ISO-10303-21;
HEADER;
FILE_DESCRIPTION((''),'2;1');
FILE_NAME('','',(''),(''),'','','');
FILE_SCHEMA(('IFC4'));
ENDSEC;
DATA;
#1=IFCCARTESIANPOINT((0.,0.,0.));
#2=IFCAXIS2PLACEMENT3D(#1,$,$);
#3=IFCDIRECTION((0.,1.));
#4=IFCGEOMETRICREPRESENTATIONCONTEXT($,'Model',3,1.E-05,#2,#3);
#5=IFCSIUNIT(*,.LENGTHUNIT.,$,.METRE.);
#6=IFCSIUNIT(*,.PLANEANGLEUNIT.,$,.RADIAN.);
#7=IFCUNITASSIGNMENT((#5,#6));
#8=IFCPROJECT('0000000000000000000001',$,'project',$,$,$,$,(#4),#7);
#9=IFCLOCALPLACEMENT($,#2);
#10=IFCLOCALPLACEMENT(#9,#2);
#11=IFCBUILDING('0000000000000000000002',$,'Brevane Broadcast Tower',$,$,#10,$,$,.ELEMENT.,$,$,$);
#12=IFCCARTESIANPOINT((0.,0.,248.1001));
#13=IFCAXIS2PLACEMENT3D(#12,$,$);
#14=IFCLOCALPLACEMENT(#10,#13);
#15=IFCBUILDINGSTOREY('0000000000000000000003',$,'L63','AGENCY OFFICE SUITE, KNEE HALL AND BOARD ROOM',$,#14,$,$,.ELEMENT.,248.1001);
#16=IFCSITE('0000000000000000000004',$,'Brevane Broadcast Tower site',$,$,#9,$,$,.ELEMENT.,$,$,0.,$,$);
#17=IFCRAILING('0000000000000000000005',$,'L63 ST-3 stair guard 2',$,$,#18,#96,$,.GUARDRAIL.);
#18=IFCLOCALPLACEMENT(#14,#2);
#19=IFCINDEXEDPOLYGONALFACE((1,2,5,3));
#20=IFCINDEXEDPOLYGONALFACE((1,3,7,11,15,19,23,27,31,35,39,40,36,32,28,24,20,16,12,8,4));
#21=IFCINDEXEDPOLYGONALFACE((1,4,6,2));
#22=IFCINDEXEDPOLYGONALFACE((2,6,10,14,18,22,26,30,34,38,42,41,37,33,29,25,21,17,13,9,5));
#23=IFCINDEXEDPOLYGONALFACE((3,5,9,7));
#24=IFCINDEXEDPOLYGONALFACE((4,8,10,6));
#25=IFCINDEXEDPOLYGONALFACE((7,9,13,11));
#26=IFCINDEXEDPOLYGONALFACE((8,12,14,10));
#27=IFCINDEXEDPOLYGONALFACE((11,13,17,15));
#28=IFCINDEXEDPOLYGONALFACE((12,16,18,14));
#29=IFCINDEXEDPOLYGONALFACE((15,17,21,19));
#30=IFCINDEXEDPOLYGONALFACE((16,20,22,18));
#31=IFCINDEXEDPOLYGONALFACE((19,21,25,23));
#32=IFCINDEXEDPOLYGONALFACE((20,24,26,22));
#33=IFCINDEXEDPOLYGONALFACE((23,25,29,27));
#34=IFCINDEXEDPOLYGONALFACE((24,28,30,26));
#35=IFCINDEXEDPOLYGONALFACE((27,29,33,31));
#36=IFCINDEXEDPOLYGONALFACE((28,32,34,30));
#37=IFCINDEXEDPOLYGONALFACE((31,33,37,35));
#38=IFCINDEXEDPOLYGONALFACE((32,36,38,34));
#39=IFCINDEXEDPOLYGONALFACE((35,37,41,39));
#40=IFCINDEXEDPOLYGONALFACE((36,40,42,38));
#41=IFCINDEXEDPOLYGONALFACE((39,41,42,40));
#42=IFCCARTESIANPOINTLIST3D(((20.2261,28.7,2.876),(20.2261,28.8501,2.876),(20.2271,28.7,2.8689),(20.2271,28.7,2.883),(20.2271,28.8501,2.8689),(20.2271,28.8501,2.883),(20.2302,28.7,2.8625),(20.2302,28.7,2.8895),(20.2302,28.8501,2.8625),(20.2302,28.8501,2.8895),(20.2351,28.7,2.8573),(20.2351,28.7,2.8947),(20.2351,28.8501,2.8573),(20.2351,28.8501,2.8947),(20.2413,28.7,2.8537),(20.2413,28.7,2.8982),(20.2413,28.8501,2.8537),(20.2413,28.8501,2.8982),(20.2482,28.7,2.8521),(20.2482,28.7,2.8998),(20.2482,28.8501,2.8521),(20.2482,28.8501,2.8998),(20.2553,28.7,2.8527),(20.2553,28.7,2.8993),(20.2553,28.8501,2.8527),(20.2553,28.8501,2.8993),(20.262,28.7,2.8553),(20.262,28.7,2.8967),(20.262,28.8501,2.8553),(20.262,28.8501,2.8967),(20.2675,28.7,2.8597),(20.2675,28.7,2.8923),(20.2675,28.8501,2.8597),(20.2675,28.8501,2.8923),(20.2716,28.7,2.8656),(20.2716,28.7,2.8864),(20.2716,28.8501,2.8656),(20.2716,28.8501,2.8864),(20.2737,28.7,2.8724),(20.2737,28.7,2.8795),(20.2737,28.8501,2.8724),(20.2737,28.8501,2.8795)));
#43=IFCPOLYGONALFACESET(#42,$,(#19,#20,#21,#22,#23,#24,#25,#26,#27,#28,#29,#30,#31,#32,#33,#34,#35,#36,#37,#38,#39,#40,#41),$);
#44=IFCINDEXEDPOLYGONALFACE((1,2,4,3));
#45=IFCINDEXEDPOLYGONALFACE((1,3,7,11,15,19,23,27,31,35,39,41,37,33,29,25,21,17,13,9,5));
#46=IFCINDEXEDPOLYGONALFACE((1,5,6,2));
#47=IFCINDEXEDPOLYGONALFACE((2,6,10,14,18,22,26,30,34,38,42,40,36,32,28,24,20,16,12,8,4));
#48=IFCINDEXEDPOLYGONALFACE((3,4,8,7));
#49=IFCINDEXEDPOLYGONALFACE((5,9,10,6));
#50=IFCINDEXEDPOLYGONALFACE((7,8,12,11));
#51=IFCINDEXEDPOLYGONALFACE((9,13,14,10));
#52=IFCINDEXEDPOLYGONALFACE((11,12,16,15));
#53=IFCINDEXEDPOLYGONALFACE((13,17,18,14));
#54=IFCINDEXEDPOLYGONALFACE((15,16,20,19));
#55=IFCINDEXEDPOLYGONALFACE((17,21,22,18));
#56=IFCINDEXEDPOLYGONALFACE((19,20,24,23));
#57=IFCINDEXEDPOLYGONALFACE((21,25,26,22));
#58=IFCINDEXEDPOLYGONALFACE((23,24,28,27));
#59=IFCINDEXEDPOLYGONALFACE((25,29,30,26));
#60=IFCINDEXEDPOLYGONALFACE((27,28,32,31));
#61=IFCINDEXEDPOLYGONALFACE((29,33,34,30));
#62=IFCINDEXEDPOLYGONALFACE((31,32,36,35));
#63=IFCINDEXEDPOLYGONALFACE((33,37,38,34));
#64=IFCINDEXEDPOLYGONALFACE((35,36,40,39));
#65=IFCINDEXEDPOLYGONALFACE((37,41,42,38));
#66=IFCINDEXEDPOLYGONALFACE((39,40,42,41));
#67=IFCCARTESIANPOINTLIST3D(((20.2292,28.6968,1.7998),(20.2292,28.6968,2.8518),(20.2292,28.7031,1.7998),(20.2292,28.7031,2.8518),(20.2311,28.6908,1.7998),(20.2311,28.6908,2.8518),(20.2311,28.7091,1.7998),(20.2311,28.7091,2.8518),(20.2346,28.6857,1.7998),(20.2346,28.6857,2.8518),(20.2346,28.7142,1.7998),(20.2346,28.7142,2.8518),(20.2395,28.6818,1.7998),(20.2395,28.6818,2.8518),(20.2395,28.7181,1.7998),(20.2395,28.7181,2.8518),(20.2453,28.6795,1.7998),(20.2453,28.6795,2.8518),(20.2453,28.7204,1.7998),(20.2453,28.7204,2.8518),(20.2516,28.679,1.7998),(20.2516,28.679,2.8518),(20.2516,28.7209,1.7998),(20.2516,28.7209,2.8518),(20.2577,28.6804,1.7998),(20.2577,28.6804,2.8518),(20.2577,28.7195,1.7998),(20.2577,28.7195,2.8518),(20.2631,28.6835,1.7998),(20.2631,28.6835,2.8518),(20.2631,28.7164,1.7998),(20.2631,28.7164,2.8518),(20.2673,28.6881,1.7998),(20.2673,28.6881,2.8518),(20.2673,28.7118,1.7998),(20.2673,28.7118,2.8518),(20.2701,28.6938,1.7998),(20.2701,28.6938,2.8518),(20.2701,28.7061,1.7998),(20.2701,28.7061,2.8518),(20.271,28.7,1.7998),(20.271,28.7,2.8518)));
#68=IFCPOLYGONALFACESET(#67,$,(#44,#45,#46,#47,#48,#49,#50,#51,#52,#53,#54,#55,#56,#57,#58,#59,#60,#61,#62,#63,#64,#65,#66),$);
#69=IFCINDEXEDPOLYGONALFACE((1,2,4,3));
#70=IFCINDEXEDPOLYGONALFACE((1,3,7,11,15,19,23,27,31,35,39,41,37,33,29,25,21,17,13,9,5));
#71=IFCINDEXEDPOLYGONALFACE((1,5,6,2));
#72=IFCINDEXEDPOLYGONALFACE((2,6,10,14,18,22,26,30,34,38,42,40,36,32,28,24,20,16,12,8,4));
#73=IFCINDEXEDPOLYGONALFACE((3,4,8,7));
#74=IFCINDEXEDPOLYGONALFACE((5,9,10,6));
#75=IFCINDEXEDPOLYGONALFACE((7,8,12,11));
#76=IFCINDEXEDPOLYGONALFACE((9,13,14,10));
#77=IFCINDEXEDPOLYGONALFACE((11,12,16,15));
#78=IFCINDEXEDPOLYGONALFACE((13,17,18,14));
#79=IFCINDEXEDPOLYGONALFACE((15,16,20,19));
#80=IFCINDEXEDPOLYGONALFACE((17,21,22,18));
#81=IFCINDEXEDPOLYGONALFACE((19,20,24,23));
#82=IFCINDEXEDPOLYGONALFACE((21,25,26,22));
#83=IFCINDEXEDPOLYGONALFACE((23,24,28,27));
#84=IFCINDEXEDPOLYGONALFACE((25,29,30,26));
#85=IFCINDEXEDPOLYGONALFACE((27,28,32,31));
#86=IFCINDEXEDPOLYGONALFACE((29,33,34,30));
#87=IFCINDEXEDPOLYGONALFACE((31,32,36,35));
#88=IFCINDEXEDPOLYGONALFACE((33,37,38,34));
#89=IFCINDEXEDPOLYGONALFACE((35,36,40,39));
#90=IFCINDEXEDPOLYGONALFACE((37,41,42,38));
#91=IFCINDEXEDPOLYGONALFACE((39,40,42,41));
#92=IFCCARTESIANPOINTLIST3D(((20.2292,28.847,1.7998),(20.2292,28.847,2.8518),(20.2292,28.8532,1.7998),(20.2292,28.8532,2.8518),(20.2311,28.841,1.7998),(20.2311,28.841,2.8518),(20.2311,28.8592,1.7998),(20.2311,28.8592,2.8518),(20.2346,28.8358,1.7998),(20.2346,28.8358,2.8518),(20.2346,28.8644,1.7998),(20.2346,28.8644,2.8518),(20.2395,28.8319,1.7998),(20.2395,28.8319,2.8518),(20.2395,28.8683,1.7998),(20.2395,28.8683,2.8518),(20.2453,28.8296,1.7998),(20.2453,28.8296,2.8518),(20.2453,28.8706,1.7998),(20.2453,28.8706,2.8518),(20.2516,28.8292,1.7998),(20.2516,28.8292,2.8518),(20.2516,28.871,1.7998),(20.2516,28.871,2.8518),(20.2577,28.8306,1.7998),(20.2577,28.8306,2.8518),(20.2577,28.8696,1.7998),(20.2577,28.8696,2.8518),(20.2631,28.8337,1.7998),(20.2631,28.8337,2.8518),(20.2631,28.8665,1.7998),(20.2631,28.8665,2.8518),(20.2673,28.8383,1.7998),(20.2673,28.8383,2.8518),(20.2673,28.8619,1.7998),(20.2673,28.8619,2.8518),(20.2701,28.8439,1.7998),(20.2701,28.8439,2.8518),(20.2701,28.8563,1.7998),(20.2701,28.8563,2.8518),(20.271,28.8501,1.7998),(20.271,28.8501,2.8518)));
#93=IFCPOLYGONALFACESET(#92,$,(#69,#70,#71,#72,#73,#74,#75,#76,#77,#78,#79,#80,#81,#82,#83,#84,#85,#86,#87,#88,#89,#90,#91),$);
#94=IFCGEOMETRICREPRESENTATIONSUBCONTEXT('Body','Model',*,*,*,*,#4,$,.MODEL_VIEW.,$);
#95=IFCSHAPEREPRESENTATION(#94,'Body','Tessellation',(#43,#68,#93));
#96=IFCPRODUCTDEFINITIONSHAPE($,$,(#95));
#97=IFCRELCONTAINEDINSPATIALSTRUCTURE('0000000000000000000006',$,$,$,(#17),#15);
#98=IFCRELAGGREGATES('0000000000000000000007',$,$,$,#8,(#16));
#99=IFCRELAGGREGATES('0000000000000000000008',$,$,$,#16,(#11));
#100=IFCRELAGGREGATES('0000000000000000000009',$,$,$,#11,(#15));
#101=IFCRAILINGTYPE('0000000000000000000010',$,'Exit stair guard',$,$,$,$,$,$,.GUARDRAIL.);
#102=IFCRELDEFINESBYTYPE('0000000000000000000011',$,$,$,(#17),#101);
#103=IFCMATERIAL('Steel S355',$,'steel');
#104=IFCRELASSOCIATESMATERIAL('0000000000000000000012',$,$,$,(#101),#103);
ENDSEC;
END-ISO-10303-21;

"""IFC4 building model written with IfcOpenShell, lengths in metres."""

from ifc_helpers import new_model, si_unit, direction, frame, origin, origin_2d, place, context, subcontext, project, spatial, circle, extrude, material, type_object, element, save


model = new_model("IFC4")

# Units and contexts
model_context = context("Model", 3, precision=1e-05, world=origin(), true_north=direction((0.0, 1.0)))
body_context = subcontext(model_context, "Body", "Model", "MODEL_VIEW")
ifc_project = project(units=[si_unit("LENGTHUNIT", "METRE"), si_unit("PLANEANGLEUNIT", "RADIAN")], contexts=[model_context])

# Site, building, storey
site_placement = place(None, origin())
site = spatial("IfcSite", under=ifc_project, at=site_placement, Name="Brevane Broadcast Tower site", CompositionType="ELEMENT", RefElevation=0.0)
building_placement = place(site_placement, origin())
building = spatial("IfcBuilding", under=site, at=building_placement, Name="Brevane Broadcast Tower", CompositionType="ELEMENT")
storey_placement = place(building_placement, frame((0.0, 0.0, 248.1001)))
storey = spatial("IfcBuildingStorey", under=building, at=storey_placement, Name="L63", Description="AGENCY OFFICE SUITE, KNEE HALL AND BOARD ROOM", CompositionType="ELEMENT", Elevation=248.1001)

# Railing
ifc_material_1 = material(Name="Steel S355", Category="steel")
railing_type_1 = type_object("IfcRailingType", Name="Exit stair guard", PredefinedType="GUARDRAIL", material=ifc_material_1)
railing_1_placement = place(storey_placement, frame((20.25, 28.7, 1.7998)))
element("IfcRailing", 1, at=railing_1_placement, inside=storey, type_object=railing_type_1, Name="L63 ST-3 stair guard 2", PredefinedType="GUARDRAIL", context=body_context, shape_type="SweptSolid", body=[
    extrude(circle(Radius=0.0239, at=origin_2d()), frame((0.0, 0.0, 1.0762), z_axis=(0.0, 1.0, 0.0), x_axis=(-1.0, 0.0, 0.0)), (0.0, 0.0, 1.0), 0.1501),
    extrude(circle(Radius=0.021, at=origin_2d()), origin(), (0.0, 0.0, 1.0), 1.052),
    extrude(circle(Radius=0.021, at=origin_2d()), frame((0.0, 0.1501, 0.0)), (0.0, 0.0, 1.0), 1.052),
])

save(model, "model.ifc")
